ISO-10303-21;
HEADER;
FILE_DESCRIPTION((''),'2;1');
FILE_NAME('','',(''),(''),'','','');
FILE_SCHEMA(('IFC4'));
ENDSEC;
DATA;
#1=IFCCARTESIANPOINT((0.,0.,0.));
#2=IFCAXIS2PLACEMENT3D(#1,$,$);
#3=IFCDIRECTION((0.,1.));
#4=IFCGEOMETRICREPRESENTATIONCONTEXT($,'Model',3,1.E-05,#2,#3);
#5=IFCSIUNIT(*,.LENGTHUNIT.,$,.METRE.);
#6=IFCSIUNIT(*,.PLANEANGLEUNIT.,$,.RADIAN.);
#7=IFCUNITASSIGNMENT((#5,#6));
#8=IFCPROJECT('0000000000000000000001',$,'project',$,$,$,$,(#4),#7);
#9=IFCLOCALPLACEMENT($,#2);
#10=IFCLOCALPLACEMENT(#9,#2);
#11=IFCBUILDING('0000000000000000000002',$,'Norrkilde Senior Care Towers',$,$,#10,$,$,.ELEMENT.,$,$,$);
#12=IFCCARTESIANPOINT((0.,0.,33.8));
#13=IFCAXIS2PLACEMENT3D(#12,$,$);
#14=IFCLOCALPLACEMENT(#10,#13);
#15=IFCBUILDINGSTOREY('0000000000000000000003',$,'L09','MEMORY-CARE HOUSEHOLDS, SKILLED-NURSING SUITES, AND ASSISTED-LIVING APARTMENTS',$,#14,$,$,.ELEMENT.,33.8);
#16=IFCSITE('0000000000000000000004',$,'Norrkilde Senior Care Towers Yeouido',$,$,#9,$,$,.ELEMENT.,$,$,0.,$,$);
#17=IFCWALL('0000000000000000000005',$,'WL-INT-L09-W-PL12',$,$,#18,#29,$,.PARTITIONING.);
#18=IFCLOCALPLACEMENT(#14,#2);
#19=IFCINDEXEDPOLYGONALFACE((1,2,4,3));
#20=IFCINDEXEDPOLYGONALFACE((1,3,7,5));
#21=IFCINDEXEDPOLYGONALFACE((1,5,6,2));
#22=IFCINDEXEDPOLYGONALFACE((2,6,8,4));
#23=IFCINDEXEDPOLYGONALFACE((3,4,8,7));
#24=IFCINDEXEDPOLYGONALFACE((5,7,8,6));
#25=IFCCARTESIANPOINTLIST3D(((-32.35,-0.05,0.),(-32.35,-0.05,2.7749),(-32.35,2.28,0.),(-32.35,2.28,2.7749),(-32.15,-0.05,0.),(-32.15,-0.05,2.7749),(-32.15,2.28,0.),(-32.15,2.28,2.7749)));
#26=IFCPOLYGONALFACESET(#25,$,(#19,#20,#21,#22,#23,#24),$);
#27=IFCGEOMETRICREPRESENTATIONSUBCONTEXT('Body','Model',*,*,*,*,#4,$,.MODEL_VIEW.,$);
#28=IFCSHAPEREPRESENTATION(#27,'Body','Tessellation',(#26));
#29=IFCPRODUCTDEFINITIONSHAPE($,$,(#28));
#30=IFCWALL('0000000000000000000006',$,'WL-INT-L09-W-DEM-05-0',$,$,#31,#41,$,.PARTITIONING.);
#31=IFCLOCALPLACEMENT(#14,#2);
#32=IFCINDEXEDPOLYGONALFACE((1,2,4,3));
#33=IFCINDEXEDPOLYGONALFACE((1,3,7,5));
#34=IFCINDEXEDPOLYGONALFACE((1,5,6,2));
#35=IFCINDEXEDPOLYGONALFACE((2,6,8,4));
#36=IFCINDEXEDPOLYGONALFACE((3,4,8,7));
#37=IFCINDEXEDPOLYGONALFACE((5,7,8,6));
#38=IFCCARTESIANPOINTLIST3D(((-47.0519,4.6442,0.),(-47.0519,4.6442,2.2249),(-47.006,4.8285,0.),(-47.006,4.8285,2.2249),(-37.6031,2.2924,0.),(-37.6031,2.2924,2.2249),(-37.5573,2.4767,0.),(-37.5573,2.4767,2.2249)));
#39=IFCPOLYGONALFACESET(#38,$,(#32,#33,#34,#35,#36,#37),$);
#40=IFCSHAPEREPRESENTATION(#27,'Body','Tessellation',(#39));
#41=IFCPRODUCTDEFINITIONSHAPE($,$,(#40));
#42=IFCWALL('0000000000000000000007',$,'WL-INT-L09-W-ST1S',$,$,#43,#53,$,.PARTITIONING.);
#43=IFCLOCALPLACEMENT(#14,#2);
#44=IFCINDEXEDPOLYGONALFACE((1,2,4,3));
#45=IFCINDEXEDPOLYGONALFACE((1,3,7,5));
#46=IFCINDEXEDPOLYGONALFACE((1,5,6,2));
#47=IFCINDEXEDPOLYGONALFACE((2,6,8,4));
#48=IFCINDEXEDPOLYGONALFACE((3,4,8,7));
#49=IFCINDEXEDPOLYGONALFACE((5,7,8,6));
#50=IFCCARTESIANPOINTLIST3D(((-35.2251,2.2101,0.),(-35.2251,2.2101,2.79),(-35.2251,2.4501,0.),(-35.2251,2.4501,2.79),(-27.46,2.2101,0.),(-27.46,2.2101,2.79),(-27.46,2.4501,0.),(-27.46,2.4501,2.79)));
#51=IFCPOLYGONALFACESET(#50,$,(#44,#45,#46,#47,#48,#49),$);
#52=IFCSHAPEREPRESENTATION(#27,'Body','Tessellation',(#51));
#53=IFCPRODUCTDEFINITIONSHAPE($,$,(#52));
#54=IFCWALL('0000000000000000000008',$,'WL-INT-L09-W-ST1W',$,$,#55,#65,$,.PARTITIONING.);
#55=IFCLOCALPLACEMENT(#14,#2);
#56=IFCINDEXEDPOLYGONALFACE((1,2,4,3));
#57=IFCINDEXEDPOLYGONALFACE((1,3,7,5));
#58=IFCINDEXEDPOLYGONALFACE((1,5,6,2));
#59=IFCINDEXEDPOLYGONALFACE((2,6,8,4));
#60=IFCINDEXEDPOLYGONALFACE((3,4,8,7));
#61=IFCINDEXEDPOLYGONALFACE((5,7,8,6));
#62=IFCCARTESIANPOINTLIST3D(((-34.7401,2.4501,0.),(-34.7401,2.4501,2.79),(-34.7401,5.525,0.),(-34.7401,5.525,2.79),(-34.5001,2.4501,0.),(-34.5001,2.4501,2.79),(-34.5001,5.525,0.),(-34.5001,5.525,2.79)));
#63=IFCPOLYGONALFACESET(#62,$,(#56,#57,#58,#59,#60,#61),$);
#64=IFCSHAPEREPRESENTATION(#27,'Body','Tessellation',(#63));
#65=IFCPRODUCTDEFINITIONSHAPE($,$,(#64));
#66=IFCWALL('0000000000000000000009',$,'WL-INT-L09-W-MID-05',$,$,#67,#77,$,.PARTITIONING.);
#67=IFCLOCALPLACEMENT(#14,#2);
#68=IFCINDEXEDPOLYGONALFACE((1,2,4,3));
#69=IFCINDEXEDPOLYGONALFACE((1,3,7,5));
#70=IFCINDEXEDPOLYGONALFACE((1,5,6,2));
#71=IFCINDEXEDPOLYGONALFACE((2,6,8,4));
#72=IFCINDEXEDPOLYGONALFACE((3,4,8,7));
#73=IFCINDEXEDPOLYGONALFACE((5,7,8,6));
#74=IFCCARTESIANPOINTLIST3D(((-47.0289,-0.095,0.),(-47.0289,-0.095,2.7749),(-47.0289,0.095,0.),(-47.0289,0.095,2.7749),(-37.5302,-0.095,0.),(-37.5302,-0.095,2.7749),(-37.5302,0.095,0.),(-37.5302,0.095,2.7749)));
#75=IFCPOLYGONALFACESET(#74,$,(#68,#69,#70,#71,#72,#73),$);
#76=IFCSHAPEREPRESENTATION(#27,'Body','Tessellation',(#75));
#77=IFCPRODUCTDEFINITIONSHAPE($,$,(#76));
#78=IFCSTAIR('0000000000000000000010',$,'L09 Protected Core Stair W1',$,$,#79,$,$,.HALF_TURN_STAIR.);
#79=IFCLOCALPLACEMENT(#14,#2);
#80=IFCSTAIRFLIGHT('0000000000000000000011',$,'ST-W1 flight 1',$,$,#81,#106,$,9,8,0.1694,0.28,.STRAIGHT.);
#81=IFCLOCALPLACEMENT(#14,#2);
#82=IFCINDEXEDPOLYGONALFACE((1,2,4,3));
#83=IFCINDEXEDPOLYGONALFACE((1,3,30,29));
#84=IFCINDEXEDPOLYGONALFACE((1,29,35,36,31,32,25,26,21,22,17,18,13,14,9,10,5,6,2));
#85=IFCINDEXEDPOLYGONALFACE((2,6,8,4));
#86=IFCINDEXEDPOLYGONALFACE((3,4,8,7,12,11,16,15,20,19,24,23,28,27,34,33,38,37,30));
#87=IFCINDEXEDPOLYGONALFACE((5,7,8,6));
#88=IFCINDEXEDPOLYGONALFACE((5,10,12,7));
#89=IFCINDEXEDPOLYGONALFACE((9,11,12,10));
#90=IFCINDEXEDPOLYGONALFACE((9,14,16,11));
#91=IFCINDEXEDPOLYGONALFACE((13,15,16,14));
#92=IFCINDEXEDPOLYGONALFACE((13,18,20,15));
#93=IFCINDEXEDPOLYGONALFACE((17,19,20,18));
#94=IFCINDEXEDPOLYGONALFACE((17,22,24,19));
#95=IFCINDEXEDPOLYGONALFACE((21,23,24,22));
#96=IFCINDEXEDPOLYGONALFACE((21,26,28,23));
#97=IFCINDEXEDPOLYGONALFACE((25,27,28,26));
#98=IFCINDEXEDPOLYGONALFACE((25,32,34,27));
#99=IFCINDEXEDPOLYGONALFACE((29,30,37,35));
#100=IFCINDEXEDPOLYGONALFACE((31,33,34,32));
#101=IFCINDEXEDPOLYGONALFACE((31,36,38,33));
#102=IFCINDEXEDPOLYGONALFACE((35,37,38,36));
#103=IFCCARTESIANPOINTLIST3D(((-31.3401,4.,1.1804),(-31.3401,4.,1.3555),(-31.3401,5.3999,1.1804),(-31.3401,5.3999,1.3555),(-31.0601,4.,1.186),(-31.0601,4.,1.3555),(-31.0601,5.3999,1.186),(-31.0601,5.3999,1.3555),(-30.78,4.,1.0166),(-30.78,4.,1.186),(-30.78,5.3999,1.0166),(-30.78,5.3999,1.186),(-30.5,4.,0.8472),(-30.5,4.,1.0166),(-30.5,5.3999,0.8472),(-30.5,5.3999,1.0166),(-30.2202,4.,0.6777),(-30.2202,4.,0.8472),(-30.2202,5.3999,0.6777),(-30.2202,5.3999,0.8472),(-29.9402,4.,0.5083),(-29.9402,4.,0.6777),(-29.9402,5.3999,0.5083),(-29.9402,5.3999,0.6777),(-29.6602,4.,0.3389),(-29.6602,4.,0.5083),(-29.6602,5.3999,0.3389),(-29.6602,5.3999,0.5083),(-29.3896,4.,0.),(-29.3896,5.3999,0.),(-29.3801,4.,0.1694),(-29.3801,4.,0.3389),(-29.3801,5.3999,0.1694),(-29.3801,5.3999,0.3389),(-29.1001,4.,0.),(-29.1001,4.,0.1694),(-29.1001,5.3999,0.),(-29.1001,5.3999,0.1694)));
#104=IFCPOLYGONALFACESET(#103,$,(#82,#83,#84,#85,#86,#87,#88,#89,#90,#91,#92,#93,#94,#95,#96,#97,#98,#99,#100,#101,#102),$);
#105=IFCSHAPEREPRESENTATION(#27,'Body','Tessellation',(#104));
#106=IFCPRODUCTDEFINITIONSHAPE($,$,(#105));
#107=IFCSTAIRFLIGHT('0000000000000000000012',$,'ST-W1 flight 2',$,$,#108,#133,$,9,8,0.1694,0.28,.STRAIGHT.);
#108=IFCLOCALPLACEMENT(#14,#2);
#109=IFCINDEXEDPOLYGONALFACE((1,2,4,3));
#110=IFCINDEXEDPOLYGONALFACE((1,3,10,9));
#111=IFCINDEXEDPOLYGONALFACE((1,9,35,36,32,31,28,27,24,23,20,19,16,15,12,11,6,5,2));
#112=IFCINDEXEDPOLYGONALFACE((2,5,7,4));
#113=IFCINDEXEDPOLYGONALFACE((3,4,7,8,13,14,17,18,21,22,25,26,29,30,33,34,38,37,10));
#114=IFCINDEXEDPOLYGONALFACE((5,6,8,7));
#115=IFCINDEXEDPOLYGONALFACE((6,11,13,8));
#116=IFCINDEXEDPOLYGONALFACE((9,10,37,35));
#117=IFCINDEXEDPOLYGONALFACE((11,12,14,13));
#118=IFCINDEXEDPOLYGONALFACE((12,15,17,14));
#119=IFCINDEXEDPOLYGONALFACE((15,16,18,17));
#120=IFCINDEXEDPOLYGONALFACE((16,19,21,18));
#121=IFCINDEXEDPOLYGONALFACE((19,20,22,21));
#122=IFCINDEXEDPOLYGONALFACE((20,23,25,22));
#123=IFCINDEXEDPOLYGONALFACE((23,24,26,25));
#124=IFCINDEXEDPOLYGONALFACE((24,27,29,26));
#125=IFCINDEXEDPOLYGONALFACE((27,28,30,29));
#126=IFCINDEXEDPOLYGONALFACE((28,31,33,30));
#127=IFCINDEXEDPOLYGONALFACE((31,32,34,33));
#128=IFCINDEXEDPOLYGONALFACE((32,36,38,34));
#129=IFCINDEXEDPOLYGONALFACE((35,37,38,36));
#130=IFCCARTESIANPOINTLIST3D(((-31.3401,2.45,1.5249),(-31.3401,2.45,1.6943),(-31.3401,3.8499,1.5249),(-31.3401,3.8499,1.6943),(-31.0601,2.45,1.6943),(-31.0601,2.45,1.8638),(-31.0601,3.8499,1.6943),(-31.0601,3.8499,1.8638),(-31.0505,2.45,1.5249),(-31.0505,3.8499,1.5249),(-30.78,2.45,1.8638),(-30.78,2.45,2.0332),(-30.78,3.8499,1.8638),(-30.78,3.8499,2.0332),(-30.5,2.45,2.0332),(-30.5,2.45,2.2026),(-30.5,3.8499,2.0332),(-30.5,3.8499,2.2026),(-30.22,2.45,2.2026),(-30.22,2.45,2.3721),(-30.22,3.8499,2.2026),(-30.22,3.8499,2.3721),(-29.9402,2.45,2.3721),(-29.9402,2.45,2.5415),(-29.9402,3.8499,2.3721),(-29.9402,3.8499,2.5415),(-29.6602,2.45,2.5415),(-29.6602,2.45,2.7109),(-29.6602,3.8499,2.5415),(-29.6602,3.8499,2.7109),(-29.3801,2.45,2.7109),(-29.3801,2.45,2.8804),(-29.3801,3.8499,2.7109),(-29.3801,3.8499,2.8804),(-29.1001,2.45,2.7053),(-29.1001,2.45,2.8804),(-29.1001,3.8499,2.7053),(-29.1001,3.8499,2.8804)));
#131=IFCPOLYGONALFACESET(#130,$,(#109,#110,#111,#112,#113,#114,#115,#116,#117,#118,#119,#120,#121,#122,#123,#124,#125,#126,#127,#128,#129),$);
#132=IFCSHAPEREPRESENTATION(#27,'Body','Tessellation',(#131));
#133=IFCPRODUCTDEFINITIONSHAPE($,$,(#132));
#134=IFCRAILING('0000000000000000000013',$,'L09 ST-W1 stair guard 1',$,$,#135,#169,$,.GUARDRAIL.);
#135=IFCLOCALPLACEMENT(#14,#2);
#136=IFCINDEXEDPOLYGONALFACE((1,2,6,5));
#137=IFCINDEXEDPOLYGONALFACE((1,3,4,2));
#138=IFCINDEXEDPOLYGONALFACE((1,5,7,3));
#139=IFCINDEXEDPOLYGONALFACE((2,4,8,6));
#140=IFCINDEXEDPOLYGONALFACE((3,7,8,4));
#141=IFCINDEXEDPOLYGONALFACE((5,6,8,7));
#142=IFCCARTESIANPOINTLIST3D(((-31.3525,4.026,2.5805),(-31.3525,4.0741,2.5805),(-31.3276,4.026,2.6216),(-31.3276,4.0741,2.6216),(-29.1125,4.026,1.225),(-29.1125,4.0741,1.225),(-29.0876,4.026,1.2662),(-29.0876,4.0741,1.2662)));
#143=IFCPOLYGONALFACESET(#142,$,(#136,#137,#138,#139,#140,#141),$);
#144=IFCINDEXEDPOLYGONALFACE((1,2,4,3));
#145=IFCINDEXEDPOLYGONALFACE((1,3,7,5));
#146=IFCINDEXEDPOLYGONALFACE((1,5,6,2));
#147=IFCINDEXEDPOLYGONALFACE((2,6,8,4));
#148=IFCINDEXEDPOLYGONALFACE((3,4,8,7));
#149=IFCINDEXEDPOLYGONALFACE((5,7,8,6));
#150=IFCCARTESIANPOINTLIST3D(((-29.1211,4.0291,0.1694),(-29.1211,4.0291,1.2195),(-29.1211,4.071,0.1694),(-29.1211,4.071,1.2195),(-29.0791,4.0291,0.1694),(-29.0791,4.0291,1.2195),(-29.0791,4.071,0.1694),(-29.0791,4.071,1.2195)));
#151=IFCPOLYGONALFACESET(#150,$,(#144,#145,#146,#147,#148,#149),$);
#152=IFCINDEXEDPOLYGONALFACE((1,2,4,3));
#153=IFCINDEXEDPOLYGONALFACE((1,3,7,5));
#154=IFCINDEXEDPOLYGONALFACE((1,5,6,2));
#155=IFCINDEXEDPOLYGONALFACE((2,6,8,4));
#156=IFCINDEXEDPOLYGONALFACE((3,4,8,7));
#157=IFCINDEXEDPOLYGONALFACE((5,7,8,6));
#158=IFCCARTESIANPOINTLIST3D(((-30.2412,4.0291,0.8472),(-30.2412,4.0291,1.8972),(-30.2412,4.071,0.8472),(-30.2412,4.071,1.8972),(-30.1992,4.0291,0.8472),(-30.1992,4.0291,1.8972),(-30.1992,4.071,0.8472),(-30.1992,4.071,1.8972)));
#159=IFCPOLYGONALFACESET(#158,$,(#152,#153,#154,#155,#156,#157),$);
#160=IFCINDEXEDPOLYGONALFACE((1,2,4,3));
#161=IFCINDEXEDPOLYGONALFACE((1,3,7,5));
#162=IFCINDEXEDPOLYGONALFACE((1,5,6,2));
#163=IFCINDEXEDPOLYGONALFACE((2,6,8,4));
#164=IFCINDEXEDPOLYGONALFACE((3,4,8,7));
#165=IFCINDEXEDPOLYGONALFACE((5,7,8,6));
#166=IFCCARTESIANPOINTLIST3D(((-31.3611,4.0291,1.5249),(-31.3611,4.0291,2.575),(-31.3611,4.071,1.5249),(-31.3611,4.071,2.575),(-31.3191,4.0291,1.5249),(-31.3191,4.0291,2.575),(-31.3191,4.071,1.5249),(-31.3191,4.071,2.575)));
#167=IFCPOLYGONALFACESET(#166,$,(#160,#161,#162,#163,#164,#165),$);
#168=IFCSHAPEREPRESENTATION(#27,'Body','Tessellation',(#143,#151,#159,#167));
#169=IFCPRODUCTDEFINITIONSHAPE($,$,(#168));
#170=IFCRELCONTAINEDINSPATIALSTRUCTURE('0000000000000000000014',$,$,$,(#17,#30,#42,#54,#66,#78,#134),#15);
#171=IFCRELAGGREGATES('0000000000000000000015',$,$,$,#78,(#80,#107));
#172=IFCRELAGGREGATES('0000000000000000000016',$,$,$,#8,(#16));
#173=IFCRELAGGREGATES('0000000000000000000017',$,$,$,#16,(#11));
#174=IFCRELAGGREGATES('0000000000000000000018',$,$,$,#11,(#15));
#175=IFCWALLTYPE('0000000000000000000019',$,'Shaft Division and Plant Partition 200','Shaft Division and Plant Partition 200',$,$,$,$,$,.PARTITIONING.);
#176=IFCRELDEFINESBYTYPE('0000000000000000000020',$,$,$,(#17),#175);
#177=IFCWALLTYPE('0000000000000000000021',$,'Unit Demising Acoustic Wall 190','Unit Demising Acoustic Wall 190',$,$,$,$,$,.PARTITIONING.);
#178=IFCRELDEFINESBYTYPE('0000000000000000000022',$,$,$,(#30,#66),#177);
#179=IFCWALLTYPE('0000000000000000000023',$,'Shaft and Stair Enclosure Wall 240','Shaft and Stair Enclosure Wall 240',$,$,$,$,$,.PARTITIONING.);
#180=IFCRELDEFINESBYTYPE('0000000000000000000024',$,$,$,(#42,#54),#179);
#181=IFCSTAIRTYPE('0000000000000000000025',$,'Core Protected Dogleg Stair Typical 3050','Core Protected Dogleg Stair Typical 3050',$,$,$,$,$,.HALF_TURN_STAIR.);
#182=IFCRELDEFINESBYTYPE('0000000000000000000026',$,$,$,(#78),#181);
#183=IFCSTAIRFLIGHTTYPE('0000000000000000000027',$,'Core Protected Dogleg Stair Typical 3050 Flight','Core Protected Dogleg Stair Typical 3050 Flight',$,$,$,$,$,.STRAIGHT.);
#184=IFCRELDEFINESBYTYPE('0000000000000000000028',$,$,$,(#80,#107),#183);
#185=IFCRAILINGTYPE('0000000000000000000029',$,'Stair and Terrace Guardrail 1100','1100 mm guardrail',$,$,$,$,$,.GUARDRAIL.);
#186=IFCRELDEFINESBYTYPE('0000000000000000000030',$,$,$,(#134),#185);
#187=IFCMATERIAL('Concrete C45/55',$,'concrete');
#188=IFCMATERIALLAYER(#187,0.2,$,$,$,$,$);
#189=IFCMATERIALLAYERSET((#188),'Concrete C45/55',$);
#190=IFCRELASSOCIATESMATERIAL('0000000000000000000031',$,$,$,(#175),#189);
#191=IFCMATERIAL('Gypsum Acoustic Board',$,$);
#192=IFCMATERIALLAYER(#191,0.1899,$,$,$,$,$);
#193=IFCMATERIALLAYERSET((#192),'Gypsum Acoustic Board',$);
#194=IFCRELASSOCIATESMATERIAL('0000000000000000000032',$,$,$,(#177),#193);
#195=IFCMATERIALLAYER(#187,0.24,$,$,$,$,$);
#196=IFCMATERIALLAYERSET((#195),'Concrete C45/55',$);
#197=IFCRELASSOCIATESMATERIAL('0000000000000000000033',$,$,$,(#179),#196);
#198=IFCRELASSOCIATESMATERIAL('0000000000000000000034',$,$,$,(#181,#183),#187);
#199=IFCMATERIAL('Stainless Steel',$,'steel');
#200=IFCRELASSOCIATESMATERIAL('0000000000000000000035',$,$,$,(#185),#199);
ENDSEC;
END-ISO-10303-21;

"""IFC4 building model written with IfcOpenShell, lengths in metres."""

from ifc_helpers import new_model, si_unit, direction, frame, frame_2d, origin, origin_2d, place, context, subcontext, project, spatial, polyline, rectangle, outline, extrude, source, transform, mapped, material, layer, layer_set, type_object, type_shapes, element, aggregate, save


model = new_model("IFC4")

# Units and contexts
model_context = context("Model", 3, precision=1e-05, world=origin(), true_north=direction((0.0, 1.0)))
body_context = subcontext(model_context, "Body", "Model", "MODEL_VIEW")
ifc_project = project(units=[si_unit("LENGTHUNIT", "METRE"), si_unit("PLANEANGLEUNIT", "RADIAN")], contexts=[model_context])

# Site, building, storey
site_placement = place(None, origin())
site = spatial("IfcSite", under=ifc_project, at=site_placement, Name="Norrkilde Senior Care Towers Yeouido", CompositionType="ELEMENT", RefElevation=0.0)
building_placement = place(site_placement, origin())
building = spatial("IfcBuilding", under=site, at=building_placement, Name="Norrkilde Senior Care Towers", CompositionType="ELEMENT")
storey_placement = place(building_placement, frame((0.0, 0.0, 33.8)))
storey = spatial("IfcBuildingStorey", under=building, at=storey_placement, Name="L09", Description="MEMORY-CARE HOUSEHOLDS, SKILLED-NURSING SUITES, AND ASSISTED-LIVING APARTMENTS", CompositionType="ELEMENT", Elevation=33.8)

# Shared definitions
ifc_material_1 = material(Name="Concrete C45/55", Category="concrete")
ifc_material_2 = material(Name="Stainless Steel", Category="steel")

# Walls
ifc_material_3 = material(Name="Gypsum Acoustic Board")
ifc_layer_1 = layer(ifc_material_1, 0.2)
ifc_layer_set_1 = layer_set([ifc_layer_1], Name="Concrete C45/55")
wall_type_1 = type_object("IfcWallType", Name="Shaft Division and Plant Partition 200", Description="Shaft Division and Plant Partition 200", PredefinedType="PARTITIONING", material=ifc_layer_set_1)
shared_shape_1 = source(origin(), body_context, "Body", "SweptSolid", [
    extrude(rectangle(XDim=2.3301, YDim=0.2, at=frame_2d((1.165, 0.0))), origin(), (0.0, 0.0, 1.0), 2.7749),
])
type_shapes(wall_type_1, [shared_shape_1])
wall_1_placement = place(storey_placement, frame((-32.25, -0.05, 0.0), z_axis=(0.0, 0.0, 1.0), x_axis=(0.0, 1.0, 0.0)))
element("IfcWall", 1, at=wall_1_placement, inside=storey, type_object=wall_type_1, Name="WL-INT-L09-W-PL12", PredefinedType="PARTITIONING", context=body_context, shape_type="MappedRepresentation", body=[
    mapped(shared_shape_1, transform((0.0, 0.0, 0.0), x_axis=(1.0, 0.0, 0.0), y_axis=(0.0, 1.0, 0.0), z_axis=(0.0, 0.0, 1.0), scale=1.0)),
])
ifc_layer_2 = layer(ifc_material_3, 0.1899)
ifc_layer_set_2 = layer_set([ifc_layer_2], Name="Gypsum Acoustic Board")
wall_type_2 = type_object("IfcWallType", Name="Unit Demising Acoustic Wall 190", Description="Unit Demising Acoustic Wall 190", PredefinedType="PARTITIONING", material=ifc_layer_set_2)
shared_shape_2 = source(origin(), body_context, "Body", "SweptSolid", [
    extrude(rectangle(XDim=9.7371, YDim=0.1899, at=frame_2d((4.8687, 0.0))), origin(), (0.0, 0.0, 1.0), 2.2249),
])
wall_2_placement = place(storey_placement, frame((-37.5801, 2.3845, 0.0), z_axis=(0.0, 0.0, 1.0), x_axis=(-0.970393, 0.241533, 0.0)))
element("IfcWall", 2, at=wall_2_placement, inside=storey, type_object=wall_type_2, Name="WL-INT-L09-W-DEM-05-0", PredefinedType="PARTITIONING", context=body_context, shape_type="MappedRepresentation", body=[
    mapped(shared_shape_2, transform((0.0, 0.0, 0.0), x_axis=(1.0, 0.0, 0.0), y_axis=(0.0, 1.0, 0.0), z_axis=(0.0, 0.0, 1.0), scale=1.0)),
])
ifc_layer_3 = layer(ifc_material_1, 0.24)
ifc_layer_set_3 = layer_set([ifc_layer_3], Name="Concrete C45/55")
wall_type_3 = type_object("IfcWallType", Name="Shaft and Stair Enclosure Wall 240", Description="Shaft and Stair Enclosure Wall 240", PredefinedType="PARTITIONING", material=ifc_layer_set_3)
shared_shape_3 = source(origin(), body_context, "Body", "SweptSolid", [
    extrude(rectangle(XDim=7.7651, YDim=0.24, at=frame_2d((3.8826, 0.0))), origin(), (0.0, 0.0, 1.0), 2.79),
])
wall_3_placement = place(storey_placement, frame((-35.2251, 2.3301, 0.0), z_axis=(0.0, 0.0, 1.0), x_axis=(1.0, 0.0, 0.0)))
element("IfcWall", 3, at=wall_3_placement, inside=storey, type_object=wall_type_3, Name="WL-INT-L09-W-ST1S", PredefinedType="PARTITIONING", context=body_context, shape_type="MappedRepresentation", body=[
    mapped(shared_shape_3, transform((0.0, 0.0, 0.0), x_axis=(1.0, 0.0, 0.0), y_axis=(0.0, 1.0, 0.0), z_axis=(0.0, 0.0, 1.0), scale=1.0)),
])
shared_shape_4 = source(origin(), body_context, "Body", "SweptSolid", [
    extrude(rectangle(XDim=3.075, YDim=0.24, at=frame_2d((1.5376, 0.0))), origin(), (0.0, 0.0, 1.0), 2.79),
])
type_shapes(wall_type_3, [shared_shape_3, shared_shape_4])
wall_4_placement = place(storey_placement, frame((-34.6201, 2.45, 0.0), z_axis=(0.0, 0.0, 1.0), x_axis=(0.0, 1.0, 0.0)))
element("IfcWall", 4, at=wall_4_placement, inside=storey, type_object=wall_type_3, Name="WL-INT-L09-W-ST1W", PredefinedType="PARTITIONING", context=body_context, shape_type="MappedRepresentation", body=[
    mapped(shared_shape_4, transform((0.0, 0.0, 0.0), x_axis=(1.0, 0.0, 0.0), y_axis=(0.0, 1.0, 0.0), z_axis=(0.0, 0.0, 1.0), scale=1.0)),
])
shared_shape_5 = source(origin(), body_context, "Body", "SweptSolid", [
    extrude(rectangle(XDim=9.4988, YDim=0.1899, at=frame_2d((4.7495, 0.0))), origin(), (0.0, 0.0, 1.0), 2.7749),
])
type_shapes(wall_type_2, [shared_shape_2, shared_shape_5])
wall_5_placement = place(storey_placement, frame((-37.53, 0.0, 0.0), z_axis=(0.0, 0.0, 1.0), x_axis=(-1.0, 0.0, 0.0)))
element("IfcWall", 5, at=wall_5_placement, inside=storey, type_object=wall_type_2, Name="WL-INT-L09-W-MID-05", PredefinedType="PARTITIONING", context=body_context, shape_type="MappedRepresentation", body=[
    mapped(shared_shape_5, transform((0.0, 0.0, 0.0), x_axis=(1.0, 0.0, 0.0), y_axis=(0.0, 1.0, 0.0), z_axis=(0.0, 0.0, 1.0), scale=1.0)),
])

# Stair, stair flights
stair_type = type_object("IfcStairType", Name="Core Protected Dogleg Stair Typical 3050", Description="Core Protected Dogleg Stair Typical 3050", PredefinedType="HALF_TURN_STAIR", material=ifc_material_1)
stair_placement = place(storey_placement, origin())
stair = element("IfcStair", 6, at=stair_placement, inside=storey, type_object=stair_type, Name="L09 Protected Core Stair W1", PredefinedType="HALF_TURN_STAIR")
stair_flight_type = type_object("IfcStairFlightType", Name="Core Protected Dogleg Stair Typical 3050 Flight", Description="Core Protected Dogleg Stair Typical 3050 Flight", PredefinedType="STRAIGHT", material=ifc_material_1)
stair_flight_1_placement = place(storey_placement, frame((-29.1001, 4.7, 0.0), z_axis=(0.0, 0.0, 1.0), x_axis=(-1.0, 0.0, 0.0)))
stair_flight_1 = element("IfcStairFlight", 7, at=stair_flight_1_placement, type_object=stair_flight_type, Name="ST-W1 flight 1", NumberOfRisers=9, NumberOfTreads=8, PredefinedType="STRAIGHT", RiserHeight=0.1694, TreadLength=0.28, context=body_context, shape_type="SweptSolid", body=[
    extrude(outline(polyline([(0.0, 0.0), (0.0, 0.1694), (0.28, 0.1694), (0.28, 0.3389), (0.5601, 0.3389), (0.5601, 0.5083), (0.8401, 0.5083), (0.8401, 0.6777), (1.1201, 0.6777), (1.1201, 0.8472), (1.3999, 0.8472), (1.3999, 1.0166), (1.6799, 1.0166), (1.6799, 1.186), (1.96, 1.186), (1.96, 1.3555), (2.24, 1.3555), (2.24, 1.5249), (2.24, 1.1804), (0.2896, 0.0), (0.0, 0.0)])), frame((0.0, 0.7, 0.0), z_axis=(0.0, -1.0, 0.0), x_axis=(1.0, 0.0, 0.0)), (0.0, 0.0, 1.0), 1.3999),
])
stair_flight_2_placement = place(storey_placement, frame((-31.3401, 3.1499, 1.5249), z_axis=(0.0, 0.0, 1.0), x_axis=(1.0, 0.0, 0.0)))
stair_flight_2 = element("IfcStairFlight", 8, at=stair_flight_2_placement, type_object=stair_flight_type, Name="ST-W1 flight 2", NumberOfRisers=9, NumberOfTreads=8, PredefinedType="STRAIGHT", RiserHeight=0.1694, TreadLength=0.28, context=body_context, shape_type="SweptSolid", body=[
    extrude(outline(polyline([(0.0, 0.0), (0.0, 0.1694), (0.28, 0.1694), (0.28, 0.3389), (0.5601, 0.3389), (0.5601, 0.5083), (0.8401, 0.5083), (0.8401, 0.6777), (1.1201, 0.6777), (1.1201, 0.8472), (1.3999, 0.8472), (1.3999, 1.0166), (1.6799, 1.0166), (1.6799, 1.186), (1.96, 1.186), (1.96, 1.3555), (2.24, 1.3555), (2.24, 1.5249), (2.24, 1.1804), (0.2896, 0.0), (0.0, 0.0)])), frame((0.0, 0.7, 0.0), z_axis=(0.0, -1.0, 0.0), x_axis=(1.0, 0.0, 0.0)), (0.0, 0.0, 1.0), 1.3999),
])
aggregate(stair, [stair_flight_1, stair_flight_2])

# Railing
railing_type_1 = type_object("IfcRailingType", Name="Stair and Terrace Guardrail 1100", Description="1100 mm guardrail", PredefinedType="GUARDRAIL", material=ifc_material_2)
railing_1_placement = place(storey_placement, frame((-29.1001, 4.05, 0.1694)))
element("IfcRailing", 9, at=railing_1_placement, inside=storey, type_object=railing_type_1, Name="L09 ST-W1 stair guard 1", PredefinedType="GUARDRAIL", context=body_context, shape_type="SweptSolid", body=[
    extrude(rectangle(XDim=0.0481, YDim=0.0481, at=origin_2d()), frame((0.0, 0.0, 1.0762), z_axis=(-0.855553, 0.0, 0.517715), x_axis=(0.0, -1.0, 0.0)), (0.0, 0.0, 1.0), 2.6182),
    extrude(rectangle(XDim=0.042, YDim=0.042, at=origin_2d()), origin(), (0.0, 0.0, 1.0), 1.05),
    extrude(rectangle(XDim=0.042, YDim=0.042, at=origin_2d()), frame((-1.1201, 0.0, 0.6777)), (0.0, 0.0, 1.0), 1.05),
    extrude(rectangle(XDim=0.042, YDim=0.042, at=origin_2d()), frame((-2.24, 0.0, 1.3555)), (0.0, 0.0, 1.0), 1.05),
])

save(model, "model.ifc")
